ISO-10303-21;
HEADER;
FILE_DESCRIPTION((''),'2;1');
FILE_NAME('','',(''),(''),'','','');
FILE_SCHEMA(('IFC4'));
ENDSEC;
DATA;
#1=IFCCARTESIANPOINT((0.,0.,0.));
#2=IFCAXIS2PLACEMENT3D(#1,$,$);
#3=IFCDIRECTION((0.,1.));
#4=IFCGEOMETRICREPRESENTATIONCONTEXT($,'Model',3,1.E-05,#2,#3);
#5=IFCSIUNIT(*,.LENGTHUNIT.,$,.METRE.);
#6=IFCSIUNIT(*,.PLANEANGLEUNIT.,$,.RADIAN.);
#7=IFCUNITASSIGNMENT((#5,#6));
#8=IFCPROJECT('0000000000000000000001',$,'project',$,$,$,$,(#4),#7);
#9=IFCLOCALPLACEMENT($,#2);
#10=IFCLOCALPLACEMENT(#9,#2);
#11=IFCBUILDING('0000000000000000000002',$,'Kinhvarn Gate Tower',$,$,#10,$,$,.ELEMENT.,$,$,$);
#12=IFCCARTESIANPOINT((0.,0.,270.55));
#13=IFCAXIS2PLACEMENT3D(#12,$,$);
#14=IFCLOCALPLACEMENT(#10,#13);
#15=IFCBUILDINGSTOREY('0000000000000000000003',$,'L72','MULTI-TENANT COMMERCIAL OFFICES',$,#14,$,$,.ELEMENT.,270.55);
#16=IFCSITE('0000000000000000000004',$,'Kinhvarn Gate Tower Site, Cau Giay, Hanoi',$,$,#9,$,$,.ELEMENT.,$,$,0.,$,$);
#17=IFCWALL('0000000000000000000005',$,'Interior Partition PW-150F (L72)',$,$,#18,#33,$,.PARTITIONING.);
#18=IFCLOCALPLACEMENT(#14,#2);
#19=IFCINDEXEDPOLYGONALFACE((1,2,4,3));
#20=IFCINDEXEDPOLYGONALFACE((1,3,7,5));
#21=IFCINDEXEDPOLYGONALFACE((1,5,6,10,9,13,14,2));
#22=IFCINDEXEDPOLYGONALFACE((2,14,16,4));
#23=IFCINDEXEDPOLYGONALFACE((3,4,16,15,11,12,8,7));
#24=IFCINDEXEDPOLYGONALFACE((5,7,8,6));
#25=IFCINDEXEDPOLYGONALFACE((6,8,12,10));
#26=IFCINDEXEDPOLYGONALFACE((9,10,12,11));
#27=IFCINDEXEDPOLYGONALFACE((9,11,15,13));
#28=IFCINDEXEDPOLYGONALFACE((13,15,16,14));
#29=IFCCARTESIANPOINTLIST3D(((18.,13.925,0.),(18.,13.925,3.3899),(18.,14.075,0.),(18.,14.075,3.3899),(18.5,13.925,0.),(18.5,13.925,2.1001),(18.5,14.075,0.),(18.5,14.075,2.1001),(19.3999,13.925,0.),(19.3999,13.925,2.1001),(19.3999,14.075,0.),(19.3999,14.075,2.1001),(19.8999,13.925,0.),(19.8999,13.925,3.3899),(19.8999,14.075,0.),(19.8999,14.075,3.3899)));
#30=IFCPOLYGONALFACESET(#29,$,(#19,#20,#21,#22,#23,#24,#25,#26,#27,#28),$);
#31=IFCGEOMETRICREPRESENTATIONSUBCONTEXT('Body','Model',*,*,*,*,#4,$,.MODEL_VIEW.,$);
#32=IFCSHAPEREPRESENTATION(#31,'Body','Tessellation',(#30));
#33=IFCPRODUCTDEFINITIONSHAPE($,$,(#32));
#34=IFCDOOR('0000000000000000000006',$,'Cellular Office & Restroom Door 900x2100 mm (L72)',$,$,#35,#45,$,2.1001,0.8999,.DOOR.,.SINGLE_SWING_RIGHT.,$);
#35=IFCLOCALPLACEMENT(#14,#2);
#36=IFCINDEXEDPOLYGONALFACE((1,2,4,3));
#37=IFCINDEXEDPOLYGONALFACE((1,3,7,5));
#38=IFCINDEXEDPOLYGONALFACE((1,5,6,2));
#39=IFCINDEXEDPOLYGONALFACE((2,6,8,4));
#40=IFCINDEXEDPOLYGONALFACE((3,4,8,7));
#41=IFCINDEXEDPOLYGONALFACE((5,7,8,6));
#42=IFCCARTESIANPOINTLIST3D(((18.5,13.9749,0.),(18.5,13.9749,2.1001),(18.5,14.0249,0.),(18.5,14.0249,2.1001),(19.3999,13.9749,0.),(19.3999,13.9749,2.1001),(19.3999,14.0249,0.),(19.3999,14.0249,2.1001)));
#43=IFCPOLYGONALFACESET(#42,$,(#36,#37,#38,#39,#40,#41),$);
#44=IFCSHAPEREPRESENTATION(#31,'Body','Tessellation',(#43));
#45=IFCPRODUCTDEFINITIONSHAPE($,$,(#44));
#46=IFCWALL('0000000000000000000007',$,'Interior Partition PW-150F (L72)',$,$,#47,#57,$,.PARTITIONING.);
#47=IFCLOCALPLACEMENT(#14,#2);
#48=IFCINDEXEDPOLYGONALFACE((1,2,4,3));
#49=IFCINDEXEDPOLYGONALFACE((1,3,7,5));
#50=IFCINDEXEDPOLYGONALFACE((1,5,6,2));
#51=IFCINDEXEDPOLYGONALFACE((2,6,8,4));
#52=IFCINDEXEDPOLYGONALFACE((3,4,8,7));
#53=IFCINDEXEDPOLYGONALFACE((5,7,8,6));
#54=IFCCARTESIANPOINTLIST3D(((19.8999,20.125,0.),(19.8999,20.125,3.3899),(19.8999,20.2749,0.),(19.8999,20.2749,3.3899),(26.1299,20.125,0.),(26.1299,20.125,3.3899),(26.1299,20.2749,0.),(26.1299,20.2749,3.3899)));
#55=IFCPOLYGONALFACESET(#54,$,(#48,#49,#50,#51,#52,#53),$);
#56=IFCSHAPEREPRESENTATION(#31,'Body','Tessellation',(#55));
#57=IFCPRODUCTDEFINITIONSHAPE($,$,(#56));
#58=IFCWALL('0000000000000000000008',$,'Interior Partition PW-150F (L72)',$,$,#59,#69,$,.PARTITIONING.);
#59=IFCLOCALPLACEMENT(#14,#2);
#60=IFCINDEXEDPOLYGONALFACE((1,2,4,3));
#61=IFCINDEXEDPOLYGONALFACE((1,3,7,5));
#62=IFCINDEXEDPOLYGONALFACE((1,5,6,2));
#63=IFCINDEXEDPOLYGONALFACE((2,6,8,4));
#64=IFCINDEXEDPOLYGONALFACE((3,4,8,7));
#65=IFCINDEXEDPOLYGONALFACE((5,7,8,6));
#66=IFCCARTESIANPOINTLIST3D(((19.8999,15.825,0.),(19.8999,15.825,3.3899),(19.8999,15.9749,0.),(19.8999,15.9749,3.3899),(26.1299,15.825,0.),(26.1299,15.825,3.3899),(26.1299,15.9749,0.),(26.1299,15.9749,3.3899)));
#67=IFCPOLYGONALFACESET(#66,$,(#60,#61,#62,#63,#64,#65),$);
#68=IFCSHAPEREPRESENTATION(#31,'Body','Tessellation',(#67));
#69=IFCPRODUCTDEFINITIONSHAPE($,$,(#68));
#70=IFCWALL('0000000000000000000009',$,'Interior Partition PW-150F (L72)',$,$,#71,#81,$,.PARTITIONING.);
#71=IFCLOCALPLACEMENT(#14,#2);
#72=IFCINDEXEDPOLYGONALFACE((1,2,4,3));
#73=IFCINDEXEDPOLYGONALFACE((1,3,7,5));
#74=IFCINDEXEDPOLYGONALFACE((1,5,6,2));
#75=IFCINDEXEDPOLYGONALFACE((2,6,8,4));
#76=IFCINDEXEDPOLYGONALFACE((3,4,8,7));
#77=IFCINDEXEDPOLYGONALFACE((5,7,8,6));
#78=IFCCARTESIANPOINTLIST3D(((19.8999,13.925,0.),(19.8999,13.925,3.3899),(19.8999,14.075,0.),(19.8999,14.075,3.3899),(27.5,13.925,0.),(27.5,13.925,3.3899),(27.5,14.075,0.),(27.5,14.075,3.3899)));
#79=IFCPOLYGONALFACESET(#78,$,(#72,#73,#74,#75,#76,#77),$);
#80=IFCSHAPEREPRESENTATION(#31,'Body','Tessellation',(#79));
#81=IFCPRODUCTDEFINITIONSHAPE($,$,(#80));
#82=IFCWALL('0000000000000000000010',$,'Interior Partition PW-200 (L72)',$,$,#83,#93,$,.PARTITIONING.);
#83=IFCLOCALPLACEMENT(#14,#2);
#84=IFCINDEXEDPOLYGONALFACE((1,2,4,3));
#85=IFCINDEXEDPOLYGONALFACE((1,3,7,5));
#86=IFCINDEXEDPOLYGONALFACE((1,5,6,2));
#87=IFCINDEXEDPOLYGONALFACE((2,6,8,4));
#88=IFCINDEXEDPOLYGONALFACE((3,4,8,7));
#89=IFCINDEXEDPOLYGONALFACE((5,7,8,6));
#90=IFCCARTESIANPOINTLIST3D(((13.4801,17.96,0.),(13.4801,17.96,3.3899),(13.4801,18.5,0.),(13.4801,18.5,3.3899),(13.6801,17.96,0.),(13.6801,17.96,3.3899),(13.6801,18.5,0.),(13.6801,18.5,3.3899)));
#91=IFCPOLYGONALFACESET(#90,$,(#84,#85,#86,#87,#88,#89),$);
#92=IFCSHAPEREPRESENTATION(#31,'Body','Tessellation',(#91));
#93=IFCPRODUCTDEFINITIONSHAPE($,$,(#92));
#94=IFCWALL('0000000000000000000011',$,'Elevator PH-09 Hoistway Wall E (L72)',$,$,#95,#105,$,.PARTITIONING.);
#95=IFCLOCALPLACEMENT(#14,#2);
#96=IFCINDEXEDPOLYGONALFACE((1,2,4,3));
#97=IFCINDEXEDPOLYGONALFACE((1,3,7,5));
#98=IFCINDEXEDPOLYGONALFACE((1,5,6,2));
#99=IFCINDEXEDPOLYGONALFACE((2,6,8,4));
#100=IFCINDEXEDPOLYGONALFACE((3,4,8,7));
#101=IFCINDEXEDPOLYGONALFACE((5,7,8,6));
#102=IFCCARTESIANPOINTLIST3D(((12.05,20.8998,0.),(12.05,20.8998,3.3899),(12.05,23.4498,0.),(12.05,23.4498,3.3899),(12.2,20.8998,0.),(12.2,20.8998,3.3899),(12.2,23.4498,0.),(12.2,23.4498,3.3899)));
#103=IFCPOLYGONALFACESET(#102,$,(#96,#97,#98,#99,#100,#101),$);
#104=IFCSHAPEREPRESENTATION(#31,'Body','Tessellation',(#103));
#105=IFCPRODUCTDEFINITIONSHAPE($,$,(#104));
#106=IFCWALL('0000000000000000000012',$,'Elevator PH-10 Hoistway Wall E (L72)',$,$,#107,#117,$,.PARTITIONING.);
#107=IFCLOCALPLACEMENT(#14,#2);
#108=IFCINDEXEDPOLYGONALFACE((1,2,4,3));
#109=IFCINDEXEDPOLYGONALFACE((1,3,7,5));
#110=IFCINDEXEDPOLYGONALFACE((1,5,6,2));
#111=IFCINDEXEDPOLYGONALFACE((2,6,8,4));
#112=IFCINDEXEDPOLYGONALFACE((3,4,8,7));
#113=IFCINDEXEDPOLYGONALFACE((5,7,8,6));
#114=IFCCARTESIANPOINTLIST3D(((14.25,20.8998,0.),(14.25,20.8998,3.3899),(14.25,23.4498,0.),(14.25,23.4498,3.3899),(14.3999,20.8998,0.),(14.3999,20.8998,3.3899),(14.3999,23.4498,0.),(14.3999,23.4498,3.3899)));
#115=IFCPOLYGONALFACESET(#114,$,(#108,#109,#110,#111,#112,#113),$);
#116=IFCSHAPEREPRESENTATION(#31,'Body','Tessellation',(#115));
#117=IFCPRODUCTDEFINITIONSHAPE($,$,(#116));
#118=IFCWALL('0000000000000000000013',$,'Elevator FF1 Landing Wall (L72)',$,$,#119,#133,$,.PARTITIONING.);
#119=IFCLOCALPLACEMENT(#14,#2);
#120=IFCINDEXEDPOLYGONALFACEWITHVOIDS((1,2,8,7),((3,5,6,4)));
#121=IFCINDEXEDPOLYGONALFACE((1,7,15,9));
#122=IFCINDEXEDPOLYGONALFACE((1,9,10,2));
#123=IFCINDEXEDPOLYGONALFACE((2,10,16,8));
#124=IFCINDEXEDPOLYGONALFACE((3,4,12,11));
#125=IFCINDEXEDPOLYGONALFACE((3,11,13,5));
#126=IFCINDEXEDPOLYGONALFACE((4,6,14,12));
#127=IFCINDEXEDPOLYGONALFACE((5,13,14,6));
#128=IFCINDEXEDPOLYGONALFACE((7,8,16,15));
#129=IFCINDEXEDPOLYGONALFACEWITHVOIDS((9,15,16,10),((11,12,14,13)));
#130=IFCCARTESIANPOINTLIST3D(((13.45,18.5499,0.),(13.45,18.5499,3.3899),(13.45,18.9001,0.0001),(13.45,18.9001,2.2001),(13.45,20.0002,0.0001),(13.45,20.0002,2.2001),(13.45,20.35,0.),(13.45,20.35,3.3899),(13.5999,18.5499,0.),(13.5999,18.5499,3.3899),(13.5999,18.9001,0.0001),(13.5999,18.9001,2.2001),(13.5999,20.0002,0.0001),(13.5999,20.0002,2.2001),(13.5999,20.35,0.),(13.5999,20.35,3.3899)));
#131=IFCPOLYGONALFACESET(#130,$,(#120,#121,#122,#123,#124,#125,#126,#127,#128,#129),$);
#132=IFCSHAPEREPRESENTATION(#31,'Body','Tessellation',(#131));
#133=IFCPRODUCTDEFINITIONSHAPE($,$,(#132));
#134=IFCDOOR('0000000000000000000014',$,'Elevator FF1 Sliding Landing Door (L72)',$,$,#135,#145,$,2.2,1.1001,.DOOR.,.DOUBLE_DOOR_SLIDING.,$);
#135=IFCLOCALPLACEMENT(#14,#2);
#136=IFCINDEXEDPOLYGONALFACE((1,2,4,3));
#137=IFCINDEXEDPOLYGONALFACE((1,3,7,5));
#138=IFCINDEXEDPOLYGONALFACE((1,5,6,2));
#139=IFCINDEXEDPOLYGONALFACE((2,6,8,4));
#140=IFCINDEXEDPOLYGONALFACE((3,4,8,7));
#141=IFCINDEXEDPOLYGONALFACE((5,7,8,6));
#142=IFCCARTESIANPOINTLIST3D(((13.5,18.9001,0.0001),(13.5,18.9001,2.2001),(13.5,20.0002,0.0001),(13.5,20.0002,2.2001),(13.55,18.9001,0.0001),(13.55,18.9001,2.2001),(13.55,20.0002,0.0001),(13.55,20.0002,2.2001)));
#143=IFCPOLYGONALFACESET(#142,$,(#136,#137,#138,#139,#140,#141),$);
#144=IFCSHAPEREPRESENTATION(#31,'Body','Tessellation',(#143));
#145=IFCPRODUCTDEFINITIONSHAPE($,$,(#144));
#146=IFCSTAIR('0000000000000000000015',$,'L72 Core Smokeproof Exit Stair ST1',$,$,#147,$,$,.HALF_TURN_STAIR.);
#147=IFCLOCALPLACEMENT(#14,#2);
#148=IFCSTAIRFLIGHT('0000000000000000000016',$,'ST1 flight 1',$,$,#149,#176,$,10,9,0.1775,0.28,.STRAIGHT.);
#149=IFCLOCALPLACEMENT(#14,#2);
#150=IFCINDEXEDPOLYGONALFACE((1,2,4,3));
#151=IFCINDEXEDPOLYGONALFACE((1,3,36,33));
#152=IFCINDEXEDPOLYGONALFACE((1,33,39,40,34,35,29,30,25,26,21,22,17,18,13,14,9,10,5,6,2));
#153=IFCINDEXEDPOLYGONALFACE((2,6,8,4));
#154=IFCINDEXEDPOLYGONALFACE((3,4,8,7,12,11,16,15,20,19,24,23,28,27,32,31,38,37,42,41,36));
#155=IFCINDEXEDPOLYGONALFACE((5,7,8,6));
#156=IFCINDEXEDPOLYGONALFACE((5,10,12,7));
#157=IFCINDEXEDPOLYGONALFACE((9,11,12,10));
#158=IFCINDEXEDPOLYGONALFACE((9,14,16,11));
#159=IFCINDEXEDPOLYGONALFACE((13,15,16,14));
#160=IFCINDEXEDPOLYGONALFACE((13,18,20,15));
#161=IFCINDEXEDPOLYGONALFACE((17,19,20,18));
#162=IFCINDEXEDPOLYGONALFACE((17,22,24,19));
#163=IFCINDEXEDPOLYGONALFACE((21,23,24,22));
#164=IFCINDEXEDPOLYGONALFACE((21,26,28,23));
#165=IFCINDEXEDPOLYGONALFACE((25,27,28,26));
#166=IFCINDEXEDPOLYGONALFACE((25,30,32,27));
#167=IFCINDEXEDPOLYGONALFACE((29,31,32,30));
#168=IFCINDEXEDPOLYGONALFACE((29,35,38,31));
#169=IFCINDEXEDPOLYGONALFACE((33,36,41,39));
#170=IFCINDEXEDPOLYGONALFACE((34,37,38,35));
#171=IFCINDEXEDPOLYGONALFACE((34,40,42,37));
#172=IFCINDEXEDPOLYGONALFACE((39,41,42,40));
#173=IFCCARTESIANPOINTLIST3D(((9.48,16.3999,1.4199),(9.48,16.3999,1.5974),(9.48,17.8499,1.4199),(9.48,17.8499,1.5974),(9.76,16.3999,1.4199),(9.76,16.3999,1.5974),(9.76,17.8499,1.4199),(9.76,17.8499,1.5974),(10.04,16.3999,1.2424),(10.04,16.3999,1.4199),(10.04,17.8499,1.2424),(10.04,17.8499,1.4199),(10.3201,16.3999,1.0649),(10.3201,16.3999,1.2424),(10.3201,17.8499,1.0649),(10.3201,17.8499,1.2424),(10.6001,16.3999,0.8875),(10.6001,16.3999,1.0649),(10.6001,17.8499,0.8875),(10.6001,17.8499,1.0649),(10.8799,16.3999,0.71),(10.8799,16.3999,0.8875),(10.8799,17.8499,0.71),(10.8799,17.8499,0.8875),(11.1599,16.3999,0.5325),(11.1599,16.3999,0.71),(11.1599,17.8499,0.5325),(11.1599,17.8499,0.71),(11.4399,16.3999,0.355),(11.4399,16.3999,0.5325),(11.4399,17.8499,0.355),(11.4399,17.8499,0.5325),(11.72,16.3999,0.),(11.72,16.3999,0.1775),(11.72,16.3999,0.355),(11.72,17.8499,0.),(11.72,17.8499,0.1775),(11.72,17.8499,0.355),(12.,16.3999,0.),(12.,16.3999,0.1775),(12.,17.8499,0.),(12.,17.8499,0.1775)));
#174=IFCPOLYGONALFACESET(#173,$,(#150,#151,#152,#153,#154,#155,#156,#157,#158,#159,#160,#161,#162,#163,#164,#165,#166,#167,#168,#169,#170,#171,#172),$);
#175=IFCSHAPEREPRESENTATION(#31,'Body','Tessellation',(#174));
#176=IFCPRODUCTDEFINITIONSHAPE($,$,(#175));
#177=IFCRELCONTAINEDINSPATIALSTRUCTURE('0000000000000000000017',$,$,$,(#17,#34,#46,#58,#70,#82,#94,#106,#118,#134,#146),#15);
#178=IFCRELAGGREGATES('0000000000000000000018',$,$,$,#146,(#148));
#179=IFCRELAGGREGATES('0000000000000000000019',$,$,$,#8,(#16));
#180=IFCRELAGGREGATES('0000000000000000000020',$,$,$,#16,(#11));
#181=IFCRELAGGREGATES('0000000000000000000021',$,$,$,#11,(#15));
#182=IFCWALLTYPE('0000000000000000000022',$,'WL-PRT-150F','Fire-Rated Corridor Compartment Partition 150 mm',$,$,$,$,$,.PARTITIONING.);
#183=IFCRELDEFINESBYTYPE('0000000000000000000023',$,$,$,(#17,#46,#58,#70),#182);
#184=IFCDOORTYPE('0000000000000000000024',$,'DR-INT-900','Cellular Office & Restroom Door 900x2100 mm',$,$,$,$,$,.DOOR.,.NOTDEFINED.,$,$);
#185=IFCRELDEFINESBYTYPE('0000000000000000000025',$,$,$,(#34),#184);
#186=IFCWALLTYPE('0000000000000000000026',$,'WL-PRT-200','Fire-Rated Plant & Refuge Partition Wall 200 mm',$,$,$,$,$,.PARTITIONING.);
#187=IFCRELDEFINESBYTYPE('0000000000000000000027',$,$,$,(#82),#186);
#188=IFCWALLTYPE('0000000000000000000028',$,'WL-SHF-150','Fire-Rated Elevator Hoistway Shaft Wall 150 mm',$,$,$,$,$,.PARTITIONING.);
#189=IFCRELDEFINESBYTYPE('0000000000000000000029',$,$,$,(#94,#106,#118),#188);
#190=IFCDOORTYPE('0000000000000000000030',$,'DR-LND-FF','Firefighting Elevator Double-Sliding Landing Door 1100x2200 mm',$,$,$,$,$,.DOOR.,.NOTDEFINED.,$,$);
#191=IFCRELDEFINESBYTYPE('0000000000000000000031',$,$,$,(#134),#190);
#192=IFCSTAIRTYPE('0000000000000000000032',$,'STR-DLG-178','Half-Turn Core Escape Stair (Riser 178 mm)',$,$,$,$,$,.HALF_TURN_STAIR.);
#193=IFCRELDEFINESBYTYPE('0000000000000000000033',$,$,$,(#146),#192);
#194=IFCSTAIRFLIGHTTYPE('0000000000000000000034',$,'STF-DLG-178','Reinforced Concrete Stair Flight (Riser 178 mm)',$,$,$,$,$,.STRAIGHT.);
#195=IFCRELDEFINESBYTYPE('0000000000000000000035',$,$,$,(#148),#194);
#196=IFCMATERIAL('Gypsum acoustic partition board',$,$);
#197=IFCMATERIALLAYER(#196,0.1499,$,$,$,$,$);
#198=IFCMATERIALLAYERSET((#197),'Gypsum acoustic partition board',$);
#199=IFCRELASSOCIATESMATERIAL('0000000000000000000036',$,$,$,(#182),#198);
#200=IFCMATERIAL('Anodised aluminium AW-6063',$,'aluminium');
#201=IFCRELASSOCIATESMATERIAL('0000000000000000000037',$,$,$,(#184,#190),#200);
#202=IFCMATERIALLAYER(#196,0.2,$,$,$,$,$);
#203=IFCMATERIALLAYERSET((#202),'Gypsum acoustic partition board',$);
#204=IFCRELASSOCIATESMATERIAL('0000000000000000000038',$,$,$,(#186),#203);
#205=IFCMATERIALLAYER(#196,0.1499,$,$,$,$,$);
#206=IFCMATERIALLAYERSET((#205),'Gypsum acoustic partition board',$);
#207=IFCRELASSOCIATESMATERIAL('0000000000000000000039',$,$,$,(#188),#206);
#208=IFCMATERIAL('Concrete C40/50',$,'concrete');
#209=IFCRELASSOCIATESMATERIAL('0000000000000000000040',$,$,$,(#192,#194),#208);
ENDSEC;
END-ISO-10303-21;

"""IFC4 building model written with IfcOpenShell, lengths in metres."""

from ifc_helpers import new_model, si_unit, direction, frame, frame_2d, origin, place, context, subcontext, project, spatial, polyline, rectangle, outline, extrude, material, layer, layer_set, type_object, element, fill, aggregate, save


model = new_model("IFC4")

# Units and contexts
model_context = context("Model", 3, precision=1e-05, world=origin(), true_north=direction((0.0, 1.0)))
body_context = subcontext(model_context, "Body", "Model", "MODEL_VIEW")
ifc_project = project(units=[si_unit("LENGTHUNIT", "METRE"), si_unit("PLANEANGLEUNIT", "RADIAN")], contexts=[model_context])

# Site, building, storey
site_placement = place(None, origin())
site = spatial("IfcSite", under=ifc_project, at=site_placement, Name="Kinhvarn Gate Tower Site, Cau Giay, Hanoi", CompositionType="ELEMENT", RefElevation=0.0)
building_placement = place(site_placement, origin())
building = spatial("IfcBuilding", under=site, at=building_placement, Name="Kinhvarn Gate Tower", CompositionType="ELEMENT")
storey_placement = place(building_placement, frame((0.0, 0.0, 270.55)))
storey = spatial("IfcBuildingStorey", under=building, at=storey_placement, Name="L72", Description="MULTI-TENANT COMMERCIAL OFFICES", CompositionType="ELEMENT", Elevation=270.55)

# Shared definitions
ifc_material_1 = material(Name="Anodised aluminium AW-6063", Category="aluminium")
ifc_material_2 = material(Name="Gypsum acoustic partition board")

# Shared definitions
ifc_layer_1 = layer(ifc_material_2, 0.1499)
ifc_layer_set_1 = layer_set([ifc_layer_1], Name="Gypsum acoustic partition board")
wall_type_1 = type_object("IfcWallType", Name="WL-PRT-150F", Description="Fire-Rated Corridor Compartment Partition 150 mm", PredefinedType="PARTITIONING", material=ifc_layer_set_1)

# Wall, opening, door
wall_1_placement = place(storey_placement, frame((18.0, 14.0, 0.0), z_axis=(0.0, 0.0, 1.0), x_axis=(1.0, 0.0, 0.0)))
wall_1 = element("IfcWall", 1, at=wall_1_placement, inside=storey, type_object=wall_type_1, Name="Interior Partition PW-150F (L72)", PredefinedType="PARTITIONING", context=body_context, shape_type="SweptSolid", body=[
    extrude(rectangle(XDim=1.8999, YDim=0.1499, at=frame_2d((0.95, 0.0))), origin(), (0.0, 0.0, 1.0), 3.3899),
])
opening_1_placement = place(wall_1_placement, frame((0.5, 0.0, 0.0)))
opening_1 = element("IfcOpeningElement", 2, at=opening_1_placement, cuts=wall_1, PredefinedType="OPENING", context=body_context, shape_type="SweptSolid", body=[
    extrude(rectangle(XDim=0.8999, YDim=2.1001, at=frame_2d((0.45, 1.05))), frame((0.0, 0.085, 0.0), z_axis=(0.0, -1.0, 0.0), x_axis=(1.0, 0.0, 0.0)), (0.0, 0.0, 1.0), 0.1699),
])
door_type_1 = type_object("IfcDoorType", Name="DR-INT-900", Description="Cellular Office & Restroom Door 900x2100 mm", OperationType="NOTDEFINED", PredefinedType="DOOR", material=ifc_material_1)
door_1_placement = place(opening_1_placement, origin())
door_1 = element("IfcDoor", 3, at=door_1_placement, inside=storey, type_object=door_type_1, Name="Cellular Office & Restroom Door 900x2100 mm (L72)", OperationType="SINGLE_SWING_RIGHT", OverallHeight=2.1001, OverallWidth=0.8999, PredefinedType="DOOR", context=body_context, shape_type="SweptSolid", body=[
    extrude(rectangle(XDim=0.8999, YDim=2.1001, at=frame_2d((0.45, 1.05))), frame((0.0, 0.0249, 0.0), z_axis=(0.0, -1.0, 0.0), x_axis=(1.0, 0.0, 0.0)), (0.0, 0.0, 1.0), 0.05),
])
fill(opening_1, door_1)

# Walls
for number, where, z_axis, x_axis, name in (
    (4, (19.8999, 20.2, 0.0), (0.0, 0.0, 1.0), (1.0, 0.0, 0.0), "Interior Partition PW-150F (L72)"),
    (5, (19.8999, 15.8999, 0.0), (0.0, 0.0, 1.0), (1.0, 0.0, 0.0), "Interior Partition PW-150F (L72)"),
):
    element("IfcWall", number, at=place(storey_placement, frame(where, z_axis=z_axis, x_axis=x_axis)), inside=storey, type_object=wall_type_1, Name=name, PredefinedType="PARTITIONING", context=body_context, shape_type="SweptSolid", body=[
        extrude(rectangle(XDim=6.23, YDim=0.1499, at=frame_2d((3.115, 0.0))), origin(), (0.0, 0.0, 1.0), 3.3899),
    ])
wall_2_placement = place(storey_placement, frame((19.8999, 14.0, 0.0), z_axis=(0.0, 0.0, 1.0), x_axis=(1.0, 0.0, 0.0)))
element("IfcWall", 6, at=wall_2_placement, inside=storey, type_object=wall_type_1, Name="Interior Partition PW-150F (L72)", PredefinedType="PARTITIONING", context=body_context, shape_type="SweptSolid", body=[
    extrude(rectangle(XDim=7.6001, YDim=0.1499, at=frame_2d((3.8, 0.0))), origin(), (0.0, 0.0, 1.0), 3.3899),
])
ifc_layer_2 = layer(ifc_material_2, 0.2)
ifc_layer_set_2 = layer_set([ifc_layer_2], Name="Gypsum acoustic partition board")
wall_type_2 = type_object("IfcWallType", Name="WL-PRT-200", Description="Fire-Rated Plant & Refuge Partition Wall 200 mm", PredefinedType="PARTITIONING", material=ifc_layer_set_2)
wall_3_placement = place(storey_placement, frame((13.5801, 17.96, 0.0), z_axis=(0.0, 0.0, 1.0), x_axis=(0.0, 1.0, 0.0)))
element("IfcWall", 7, at=wall_3_placement, inside=storey, type_object=wall_type_2, Name="Interior Partition PW-200 (L72)", PredefinedType="PARTITIONING", context=body_context, shape_type="SweptSolid", body=[
    extrude(rectangle(XDim=0.54, YDim=0.2, at=frame_2d((0.27, 0.0))), origin(), (0.0, 0.0, 1.0), 3.3899),
])
ifc_layer_3 = layer(ifc_material_2, 0.1499)
ifc_layer_set_3 = layer_set([ifc_layer_3], Name="Gypsum acoustic partition board")
wall_type_3 = type_object("IfcWallType", Name="WL-SHF-150", Description="Fire-Rated Elevator Hoistway Shaft Wall 150 mm", PredefinedType="PARTITIONING", material=ifc_layer_set_3)
for number, where, z_axis, x_axis, name in (
    (8, (12.125, 20.8999, 0.0), (0.0, 0.0, 1.0), (0.0, 1.0, 0.0), "Elevator PH-09 Hoistway Wall E (L72)"),
    (9, (14.325, 20.8999, 0.0), (0.0, 0.0, 1.0), (0.0, 1.0, 0.0), "Elevator PH-10 Hoistway Wall E (L72)"),
):
    element("IfcWall", number, at=place(storey_placement, frame(where, z_axis=z_axis, x_axis=x_axis)), inside=storey, type_object=wall_type_3, Name=name, PredefinedType="PARTITIONING", context=body_context, shape_type="SweptSolid", body=[
        extrude(rectangle(XDim=2.55, YDim=0.1499, at=frame_2d((1.2749, 0.0))), origin(), (0.0, 0.0, 1.0), 3.3899),
    ])

# Wall, opening, door
wall_4_placement = place(storey_placement, frame((13.5249, 18.55, 0.0), z_axis=(0.0, 0.0, 1.0), x_axis=(0.0, 1.0, 0.0)))
wall_4 = element("IfcWall", 10, at=wall_4_placement, inside=storey, type_object=wall_type_3, Name="Elevator FF1 Landing Wall (L72)", PredefinedType="PARTITIONING", context=body_context, shape_type="SweptSolid", body=[
    extrude(rectangle(XDim=1.8, YDim=0.1499, at=frame_2d((0.8999, 0.0))), origin(), (0.0, 0.0, 1.0), 3.3899),
])
opening_2_placement = place(wall_4_placement, frame((0.3501, 0.0, 0.0)))
opening_2 = element("IfcOpeningElement", 11, at=opening_2_placement, cuts=wall_4, PredefinedType="OPENING", context=body_context, shape_type="SweptSolid", body=[
    extrude(rectangle(XDim=1.1001, YDim=2.2, at=frame_2d((0.55, 1.1001))), frame((0.0, 0.085, 0.0), z_axis=(0.0, -1.0, 0.0), x_axis=(1.0, 0.0, 0.0)), (0.0, 0.0, 1.0), 0.1699),
])
door_type_2 = type_object("IfcDoorType", Name="DR-LND-FF", Description="Firefighting Elevator Double-Sliding Landing Door 1100x2200 mm", OperationType="NOTDEFINED", PredefinedType="DOOR", material=ifc_material_1)
door_2_placement = place(opening_2_placement, origin())
door_2 = element("IfcDoor", 12, at=door_2_placement, inside=storey, type_object=door_type_2, Name="Elevator FF1 Sliding Landing Door (L72)", OperationType="DOUBLE_DOOR_SLIDING", OverallHeight=2.2, OverallWidth=1.1001, PredefinedType="DOOR", context=body_context, shape_type="SweptSolid", body=[
    extrude(rectangle(XDim=1.1001, YDim=2.2, at=frame_2d((0.55, 1.1001))), frame((0.0, 0.0249, 0.0), z_axis=(0.0, -1.0, 0.0), x_axis=(1.0, 0.0, 0.0)), (0.0, 0.0, 1.0), 0.05),
])
fill(opening_2, door_2)
ifc_material_3 = material(Name="Concrete C40/50", Category="concrete")

# Stair, stair flight
stair_type = type_object("IfcStairType", Name="STR-DLG-178", Description="Half-Turn Core Escape Stair (Riser 178 mm)", PredefinedType="HALF_TURN_STAIR", material=ifc_material_3)
stair_placement = place(storey_placement, origin())
stair = element("IfcStair", 13, at=stair_placement, inside=storey, type_object=stair_type, Name="L72 Core Smokeproof Exit Stair ST1", PredefinedType="HALF_TURN_STAIR")
stair_flight_type = type_object("IfcStairFlightType", Name="STF-DLG-178", Description="Reinforced Concrete Stair Flight (Riser 178 mm)", PredefinedType="STRAIGHT", material=ifc_material_3)
stair_flight_placement = place(storey_placement, frame((12.0, 17.125, 0.0), z_axis=(0.0, 0.0, 1.0), x_axis=(-1.0, 0.0, 0.0)))
stair_flight = element("IfcStairFlight", 14, at=stair_flight_placement, type_object=stair_flight_type, Name="ST1 flight 1", NumberOfRisers=10, NumberOfTreads=9, PredefinedType="STRAIGHT", RiserHeight=0.1775, TreadLength=0.28, context=body_context, shape_type="SweptSolid", body=[
    extrude(outline(polyline([(0.0, 0.0), (0.0, 0.1775), (0.28, 0.1775), (0.28, 0.355), (0.5601, 0.355), (0.5601, 0.5325), (0.8401, 0.5325), (0.8401, 0.71), (1.1201, 0.71), (1.1201, 0.8875), (1.3999, 0.8875), (1.3999, 1.0649), (1.6799, 1.0649), (1.6799, 1.2424), (1.96, 1.2424), (1.96, 1.4199), (2.24, 1.4199), (2.24, 1.5974), (2.52, 1.5974), (2.52, 1.7749), (2.52, 1.4199), (0.28, 0.0), (0.0, 0.0)])), frame((0.0, 0.7251, 0.0), z_axis=(0.0, -1.0, 0.0), x_axis=(1.0, 0.0, 0.0)), (0.0, 0.0, 1.0), 1.45),
])
aggregate(stair, [stair_flight])

save(model, "model.ifc")
